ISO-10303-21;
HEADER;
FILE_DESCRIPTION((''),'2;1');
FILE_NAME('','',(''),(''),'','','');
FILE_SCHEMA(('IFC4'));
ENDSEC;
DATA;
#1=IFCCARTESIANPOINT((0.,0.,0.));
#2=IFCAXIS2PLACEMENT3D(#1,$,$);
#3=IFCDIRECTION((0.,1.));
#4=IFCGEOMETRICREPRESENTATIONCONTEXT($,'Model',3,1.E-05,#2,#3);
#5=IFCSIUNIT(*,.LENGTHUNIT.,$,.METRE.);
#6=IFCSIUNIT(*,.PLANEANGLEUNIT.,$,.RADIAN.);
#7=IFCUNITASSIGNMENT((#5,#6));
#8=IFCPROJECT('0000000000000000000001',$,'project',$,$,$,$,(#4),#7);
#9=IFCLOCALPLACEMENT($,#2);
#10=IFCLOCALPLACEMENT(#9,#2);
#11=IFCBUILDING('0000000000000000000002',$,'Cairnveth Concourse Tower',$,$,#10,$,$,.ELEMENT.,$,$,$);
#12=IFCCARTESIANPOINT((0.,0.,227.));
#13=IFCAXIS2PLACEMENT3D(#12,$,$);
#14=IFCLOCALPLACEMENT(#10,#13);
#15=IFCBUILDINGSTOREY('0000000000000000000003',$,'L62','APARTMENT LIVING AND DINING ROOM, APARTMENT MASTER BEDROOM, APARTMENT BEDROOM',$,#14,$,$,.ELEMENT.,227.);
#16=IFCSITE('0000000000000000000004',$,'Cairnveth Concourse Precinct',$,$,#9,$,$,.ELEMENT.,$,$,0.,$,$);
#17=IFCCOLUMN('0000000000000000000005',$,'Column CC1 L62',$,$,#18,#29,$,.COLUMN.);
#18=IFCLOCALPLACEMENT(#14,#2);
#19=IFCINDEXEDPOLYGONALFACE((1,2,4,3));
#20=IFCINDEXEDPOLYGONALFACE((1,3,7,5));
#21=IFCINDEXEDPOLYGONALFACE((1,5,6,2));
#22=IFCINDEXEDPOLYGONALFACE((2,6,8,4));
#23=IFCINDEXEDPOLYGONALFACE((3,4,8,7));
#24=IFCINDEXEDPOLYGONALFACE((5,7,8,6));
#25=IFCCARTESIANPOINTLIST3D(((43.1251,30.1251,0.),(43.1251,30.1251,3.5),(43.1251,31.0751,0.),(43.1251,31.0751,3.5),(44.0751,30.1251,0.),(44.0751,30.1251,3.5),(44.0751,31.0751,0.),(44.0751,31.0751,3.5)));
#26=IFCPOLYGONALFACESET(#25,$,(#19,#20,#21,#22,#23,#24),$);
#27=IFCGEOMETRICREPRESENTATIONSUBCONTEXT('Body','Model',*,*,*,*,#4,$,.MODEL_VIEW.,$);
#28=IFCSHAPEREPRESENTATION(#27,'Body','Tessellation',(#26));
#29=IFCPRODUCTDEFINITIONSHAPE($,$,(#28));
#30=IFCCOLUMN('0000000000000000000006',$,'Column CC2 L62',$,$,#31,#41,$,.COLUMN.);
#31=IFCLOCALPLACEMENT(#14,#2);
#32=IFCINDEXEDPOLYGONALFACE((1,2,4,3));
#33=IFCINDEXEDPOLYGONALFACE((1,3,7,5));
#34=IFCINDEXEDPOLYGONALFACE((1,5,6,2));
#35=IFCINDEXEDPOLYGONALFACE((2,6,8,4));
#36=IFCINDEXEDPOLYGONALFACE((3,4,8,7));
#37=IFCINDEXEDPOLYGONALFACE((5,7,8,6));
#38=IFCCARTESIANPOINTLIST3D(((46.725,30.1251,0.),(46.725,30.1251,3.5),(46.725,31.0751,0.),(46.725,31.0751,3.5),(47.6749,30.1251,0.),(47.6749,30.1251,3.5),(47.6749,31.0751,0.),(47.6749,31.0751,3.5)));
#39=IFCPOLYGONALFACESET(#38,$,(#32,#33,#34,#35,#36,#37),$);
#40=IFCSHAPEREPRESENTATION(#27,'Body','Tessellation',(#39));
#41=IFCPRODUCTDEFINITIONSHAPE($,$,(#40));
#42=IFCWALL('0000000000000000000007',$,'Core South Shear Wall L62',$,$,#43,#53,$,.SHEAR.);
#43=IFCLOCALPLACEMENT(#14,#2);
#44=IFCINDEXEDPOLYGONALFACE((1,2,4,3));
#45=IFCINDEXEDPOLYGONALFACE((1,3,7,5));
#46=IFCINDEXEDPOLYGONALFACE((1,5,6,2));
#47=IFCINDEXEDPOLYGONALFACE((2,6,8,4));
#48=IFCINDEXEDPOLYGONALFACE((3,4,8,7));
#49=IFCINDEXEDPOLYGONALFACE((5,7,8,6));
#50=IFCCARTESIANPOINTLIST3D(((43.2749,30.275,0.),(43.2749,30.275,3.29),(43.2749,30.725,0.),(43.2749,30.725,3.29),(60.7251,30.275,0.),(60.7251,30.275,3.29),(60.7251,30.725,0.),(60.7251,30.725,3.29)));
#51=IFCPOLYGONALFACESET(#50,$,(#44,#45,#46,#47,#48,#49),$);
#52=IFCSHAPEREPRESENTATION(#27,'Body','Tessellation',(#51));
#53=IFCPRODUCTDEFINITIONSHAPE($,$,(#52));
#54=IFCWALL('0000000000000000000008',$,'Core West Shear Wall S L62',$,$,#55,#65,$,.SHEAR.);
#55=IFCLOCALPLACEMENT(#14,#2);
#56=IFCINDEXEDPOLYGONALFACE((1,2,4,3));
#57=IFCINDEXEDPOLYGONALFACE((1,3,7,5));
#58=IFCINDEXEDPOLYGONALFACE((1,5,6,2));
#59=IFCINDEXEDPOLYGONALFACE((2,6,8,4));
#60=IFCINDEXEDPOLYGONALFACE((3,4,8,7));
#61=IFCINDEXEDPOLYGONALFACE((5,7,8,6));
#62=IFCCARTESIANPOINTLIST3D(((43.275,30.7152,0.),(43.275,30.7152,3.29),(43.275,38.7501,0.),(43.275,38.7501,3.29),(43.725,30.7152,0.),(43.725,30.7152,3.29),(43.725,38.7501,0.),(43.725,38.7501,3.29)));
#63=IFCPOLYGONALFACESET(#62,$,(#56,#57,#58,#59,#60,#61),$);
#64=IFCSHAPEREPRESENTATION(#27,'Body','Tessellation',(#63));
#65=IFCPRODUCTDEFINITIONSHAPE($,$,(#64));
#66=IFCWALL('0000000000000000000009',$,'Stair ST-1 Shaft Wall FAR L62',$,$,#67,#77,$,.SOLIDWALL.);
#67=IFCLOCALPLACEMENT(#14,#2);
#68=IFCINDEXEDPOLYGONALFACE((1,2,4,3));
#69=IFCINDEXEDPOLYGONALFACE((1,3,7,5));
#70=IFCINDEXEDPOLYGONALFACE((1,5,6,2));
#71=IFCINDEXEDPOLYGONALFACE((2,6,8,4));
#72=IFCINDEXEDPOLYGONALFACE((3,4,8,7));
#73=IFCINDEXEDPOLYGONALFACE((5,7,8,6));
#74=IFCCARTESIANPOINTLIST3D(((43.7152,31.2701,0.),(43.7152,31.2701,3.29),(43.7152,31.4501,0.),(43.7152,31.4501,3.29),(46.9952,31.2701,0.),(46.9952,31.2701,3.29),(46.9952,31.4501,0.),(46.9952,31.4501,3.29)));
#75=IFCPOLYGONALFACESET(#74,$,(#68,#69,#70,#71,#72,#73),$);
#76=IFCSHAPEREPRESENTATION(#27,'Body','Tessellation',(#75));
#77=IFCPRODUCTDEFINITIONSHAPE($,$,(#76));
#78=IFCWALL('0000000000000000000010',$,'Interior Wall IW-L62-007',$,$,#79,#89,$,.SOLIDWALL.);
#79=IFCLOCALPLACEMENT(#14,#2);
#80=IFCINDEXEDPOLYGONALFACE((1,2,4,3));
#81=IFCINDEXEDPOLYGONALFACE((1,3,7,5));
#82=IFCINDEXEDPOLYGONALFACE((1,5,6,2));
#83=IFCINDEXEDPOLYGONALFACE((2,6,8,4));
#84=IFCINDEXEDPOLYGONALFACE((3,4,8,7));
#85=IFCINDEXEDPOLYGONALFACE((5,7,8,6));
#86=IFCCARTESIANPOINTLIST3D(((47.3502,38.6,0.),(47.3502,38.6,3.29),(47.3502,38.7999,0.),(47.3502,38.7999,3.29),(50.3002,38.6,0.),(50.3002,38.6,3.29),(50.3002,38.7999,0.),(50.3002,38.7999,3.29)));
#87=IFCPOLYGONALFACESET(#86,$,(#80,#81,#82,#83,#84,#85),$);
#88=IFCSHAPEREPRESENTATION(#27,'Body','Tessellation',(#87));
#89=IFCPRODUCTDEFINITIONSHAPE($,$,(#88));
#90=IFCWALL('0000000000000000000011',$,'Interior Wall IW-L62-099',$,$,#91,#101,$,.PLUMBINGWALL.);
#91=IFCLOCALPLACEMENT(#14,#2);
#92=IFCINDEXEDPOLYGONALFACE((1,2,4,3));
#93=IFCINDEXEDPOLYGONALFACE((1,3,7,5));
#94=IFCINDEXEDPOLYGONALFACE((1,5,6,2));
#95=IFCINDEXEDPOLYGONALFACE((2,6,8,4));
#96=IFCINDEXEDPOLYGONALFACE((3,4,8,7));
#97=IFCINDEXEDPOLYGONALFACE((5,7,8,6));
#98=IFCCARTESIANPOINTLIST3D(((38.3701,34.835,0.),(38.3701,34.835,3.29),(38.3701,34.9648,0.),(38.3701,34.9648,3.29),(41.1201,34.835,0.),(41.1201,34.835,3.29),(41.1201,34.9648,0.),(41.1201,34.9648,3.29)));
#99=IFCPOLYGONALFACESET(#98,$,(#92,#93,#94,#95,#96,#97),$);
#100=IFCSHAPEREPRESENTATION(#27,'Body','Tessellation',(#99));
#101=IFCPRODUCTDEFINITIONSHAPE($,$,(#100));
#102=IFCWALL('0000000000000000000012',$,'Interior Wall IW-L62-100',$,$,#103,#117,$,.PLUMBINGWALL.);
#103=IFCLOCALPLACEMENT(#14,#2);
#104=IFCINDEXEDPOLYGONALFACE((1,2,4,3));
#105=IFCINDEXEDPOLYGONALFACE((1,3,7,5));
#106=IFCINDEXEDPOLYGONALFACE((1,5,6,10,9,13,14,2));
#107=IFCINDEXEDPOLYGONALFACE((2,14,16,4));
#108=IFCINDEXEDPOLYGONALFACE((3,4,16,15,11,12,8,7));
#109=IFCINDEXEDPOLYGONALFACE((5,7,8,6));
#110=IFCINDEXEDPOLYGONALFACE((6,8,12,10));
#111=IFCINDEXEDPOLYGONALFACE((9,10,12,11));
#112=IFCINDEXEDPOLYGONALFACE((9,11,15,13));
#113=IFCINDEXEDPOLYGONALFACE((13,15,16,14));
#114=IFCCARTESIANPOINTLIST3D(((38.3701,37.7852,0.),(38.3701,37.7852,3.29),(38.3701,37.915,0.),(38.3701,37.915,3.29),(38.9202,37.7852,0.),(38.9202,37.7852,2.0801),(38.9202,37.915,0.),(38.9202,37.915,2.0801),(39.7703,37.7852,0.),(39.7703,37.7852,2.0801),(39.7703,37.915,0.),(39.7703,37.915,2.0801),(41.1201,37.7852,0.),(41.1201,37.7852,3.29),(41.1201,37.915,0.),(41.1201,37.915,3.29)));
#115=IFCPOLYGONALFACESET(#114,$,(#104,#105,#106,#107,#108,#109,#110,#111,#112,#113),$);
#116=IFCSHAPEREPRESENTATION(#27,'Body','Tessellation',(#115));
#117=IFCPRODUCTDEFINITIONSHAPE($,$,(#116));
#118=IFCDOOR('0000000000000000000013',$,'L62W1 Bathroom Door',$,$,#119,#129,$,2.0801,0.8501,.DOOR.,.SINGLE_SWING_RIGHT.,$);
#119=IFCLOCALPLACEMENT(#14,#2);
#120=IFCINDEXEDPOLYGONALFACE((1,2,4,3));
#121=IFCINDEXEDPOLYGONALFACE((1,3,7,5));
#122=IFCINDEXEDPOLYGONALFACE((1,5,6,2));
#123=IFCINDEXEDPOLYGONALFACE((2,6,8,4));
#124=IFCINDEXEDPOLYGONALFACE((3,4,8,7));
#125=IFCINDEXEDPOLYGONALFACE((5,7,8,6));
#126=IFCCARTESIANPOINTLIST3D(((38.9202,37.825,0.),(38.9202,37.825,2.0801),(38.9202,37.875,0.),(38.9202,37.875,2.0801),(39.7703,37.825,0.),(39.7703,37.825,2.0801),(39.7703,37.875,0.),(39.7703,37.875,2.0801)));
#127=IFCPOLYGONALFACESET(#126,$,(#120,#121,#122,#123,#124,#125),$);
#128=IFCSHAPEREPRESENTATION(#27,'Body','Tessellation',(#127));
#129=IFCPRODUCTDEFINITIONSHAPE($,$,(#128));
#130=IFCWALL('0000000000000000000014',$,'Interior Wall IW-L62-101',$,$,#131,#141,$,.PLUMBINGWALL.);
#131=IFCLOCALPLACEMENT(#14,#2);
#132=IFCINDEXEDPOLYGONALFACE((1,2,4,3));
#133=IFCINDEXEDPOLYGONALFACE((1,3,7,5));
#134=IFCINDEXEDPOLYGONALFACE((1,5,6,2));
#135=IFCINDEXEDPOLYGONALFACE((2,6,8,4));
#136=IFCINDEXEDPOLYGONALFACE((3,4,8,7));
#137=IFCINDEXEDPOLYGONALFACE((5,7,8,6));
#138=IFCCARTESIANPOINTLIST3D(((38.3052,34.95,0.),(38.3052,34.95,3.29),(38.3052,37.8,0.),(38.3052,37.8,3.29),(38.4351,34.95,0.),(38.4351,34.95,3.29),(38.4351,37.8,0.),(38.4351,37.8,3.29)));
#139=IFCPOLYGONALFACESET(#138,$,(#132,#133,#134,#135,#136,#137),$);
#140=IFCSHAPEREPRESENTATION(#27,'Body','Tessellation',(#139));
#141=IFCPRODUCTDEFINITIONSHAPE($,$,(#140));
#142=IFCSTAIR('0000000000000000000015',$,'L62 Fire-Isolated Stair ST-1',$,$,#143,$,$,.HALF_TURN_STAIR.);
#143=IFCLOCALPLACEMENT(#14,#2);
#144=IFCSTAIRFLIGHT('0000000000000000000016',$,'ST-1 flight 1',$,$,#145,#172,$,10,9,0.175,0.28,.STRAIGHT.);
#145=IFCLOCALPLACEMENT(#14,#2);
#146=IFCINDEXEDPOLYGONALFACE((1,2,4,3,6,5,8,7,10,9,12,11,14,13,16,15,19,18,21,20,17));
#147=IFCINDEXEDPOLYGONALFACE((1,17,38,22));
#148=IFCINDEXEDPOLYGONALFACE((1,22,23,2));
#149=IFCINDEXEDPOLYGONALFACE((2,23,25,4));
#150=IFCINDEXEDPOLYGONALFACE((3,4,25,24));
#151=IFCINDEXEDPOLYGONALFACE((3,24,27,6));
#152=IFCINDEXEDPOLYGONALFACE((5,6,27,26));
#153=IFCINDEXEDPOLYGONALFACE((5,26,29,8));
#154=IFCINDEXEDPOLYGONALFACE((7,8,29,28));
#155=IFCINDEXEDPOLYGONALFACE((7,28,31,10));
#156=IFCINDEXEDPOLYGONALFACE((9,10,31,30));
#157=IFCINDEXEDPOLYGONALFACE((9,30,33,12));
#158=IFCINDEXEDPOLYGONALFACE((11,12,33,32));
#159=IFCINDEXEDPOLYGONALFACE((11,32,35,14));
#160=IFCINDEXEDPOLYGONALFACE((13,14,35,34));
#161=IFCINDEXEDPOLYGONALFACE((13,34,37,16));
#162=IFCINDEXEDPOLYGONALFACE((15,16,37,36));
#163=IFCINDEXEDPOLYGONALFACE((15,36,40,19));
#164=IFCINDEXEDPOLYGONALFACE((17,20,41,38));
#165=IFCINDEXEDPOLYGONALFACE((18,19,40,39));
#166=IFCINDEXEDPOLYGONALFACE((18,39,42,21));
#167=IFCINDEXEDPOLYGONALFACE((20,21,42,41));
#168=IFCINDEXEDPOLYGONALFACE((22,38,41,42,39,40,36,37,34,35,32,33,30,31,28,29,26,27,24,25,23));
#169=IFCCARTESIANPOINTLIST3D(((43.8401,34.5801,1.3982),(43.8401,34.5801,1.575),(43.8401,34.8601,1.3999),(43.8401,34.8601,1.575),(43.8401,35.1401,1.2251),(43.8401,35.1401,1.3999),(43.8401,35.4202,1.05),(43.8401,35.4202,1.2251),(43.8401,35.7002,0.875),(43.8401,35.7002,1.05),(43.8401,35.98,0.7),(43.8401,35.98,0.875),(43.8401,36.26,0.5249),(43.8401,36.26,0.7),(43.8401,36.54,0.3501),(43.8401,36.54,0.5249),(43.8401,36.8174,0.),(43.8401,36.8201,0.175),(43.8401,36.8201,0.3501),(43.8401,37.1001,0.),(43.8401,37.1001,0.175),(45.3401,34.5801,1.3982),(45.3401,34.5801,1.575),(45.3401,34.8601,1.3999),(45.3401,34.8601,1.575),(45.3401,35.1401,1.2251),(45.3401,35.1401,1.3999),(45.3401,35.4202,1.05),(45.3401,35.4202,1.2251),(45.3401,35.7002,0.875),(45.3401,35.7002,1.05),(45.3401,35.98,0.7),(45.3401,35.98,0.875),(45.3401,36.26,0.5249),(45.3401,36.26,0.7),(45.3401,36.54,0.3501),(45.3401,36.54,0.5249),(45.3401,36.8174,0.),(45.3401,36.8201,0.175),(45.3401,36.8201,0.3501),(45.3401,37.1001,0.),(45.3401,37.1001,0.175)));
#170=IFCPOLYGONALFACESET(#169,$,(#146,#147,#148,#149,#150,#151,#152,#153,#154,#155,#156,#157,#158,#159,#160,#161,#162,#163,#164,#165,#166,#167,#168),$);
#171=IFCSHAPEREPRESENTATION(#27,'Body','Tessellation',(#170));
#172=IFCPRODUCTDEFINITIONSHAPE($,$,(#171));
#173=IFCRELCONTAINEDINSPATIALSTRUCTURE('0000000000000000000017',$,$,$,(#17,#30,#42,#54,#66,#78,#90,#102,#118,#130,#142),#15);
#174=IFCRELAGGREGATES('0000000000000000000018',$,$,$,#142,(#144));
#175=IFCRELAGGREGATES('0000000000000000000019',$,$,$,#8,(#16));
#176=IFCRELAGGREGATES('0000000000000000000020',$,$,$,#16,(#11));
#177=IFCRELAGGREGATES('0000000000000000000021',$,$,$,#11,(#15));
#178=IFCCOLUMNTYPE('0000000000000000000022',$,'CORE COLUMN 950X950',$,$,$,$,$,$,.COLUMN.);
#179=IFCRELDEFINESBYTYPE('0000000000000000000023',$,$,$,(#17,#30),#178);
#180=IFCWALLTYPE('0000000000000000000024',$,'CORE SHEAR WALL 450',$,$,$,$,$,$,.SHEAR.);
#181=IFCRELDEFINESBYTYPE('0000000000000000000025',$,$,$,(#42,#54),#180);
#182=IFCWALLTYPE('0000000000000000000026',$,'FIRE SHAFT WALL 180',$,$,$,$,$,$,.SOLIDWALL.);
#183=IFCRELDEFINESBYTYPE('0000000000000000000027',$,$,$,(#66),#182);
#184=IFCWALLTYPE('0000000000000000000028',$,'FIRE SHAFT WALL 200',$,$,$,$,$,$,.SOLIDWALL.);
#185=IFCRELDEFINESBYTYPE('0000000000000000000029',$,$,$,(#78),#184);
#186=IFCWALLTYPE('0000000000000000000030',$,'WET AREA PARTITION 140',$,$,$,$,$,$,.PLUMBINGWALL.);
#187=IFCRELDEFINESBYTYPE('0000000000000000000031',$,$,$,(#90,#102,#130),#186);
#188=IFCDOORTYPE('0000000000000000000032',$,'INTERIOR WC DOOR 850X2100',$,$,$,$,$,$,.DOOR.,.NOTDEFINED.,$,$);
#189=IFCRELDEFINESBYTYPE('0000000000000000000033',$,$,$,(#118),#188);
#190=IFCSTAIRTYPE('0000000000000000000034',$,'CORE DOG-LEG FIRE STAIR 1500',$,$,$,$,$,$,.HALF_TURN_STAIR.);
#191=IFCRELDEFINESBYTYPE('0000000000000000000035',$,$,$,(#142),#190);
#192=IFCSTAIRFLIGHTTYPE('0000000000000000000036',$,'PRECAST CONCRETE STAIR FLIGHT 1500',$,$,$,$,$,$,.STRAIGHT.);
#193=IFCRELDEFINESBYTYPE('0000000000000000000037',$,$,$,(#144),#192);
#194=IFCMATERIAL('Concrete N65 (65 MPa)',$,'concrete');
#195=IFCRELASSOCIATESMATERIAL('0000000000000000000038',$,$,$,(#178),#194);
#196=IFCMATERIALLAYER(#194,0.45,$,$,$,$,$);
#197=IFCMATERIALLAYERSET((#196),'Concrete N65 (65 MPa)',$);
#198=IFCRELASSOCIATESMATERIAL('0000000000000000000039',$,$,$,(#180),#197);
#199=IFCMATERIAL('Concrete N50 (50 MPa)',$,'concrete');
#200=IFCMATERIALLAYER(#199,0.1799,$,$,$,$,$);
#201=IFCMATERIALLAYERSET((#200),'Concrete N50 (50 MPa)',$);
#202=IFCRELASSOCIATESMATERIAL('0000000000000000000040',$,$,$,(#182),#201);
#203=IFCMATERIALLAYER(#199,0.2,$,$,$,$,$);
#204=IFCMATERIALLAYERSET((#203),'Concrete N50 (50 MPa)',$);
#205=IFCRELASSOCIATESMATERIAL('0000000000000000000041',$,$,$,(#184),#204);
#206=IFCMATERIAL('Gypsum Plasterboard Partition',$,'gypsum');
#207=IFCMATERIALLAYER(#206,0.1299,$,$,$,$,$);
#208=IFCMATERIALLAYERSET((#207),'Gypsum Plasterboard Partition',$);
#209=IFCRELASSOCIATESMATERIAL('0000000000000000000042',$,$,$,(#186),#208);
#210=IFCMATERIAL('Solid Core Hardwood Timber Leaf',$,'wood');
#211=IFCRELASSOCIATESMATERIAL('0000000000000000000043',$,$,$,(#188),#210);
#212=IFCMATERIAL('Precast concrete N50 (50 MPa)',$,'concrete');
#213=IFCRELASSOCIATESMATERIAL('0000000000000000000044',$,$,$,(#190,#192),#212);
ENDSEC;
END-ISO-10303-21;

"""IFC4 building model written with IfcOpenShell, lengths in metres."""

from ifc_helpers import new_model, si_unit, direction, frame, frame_2d, origin, origin_2d, place, context, subcontext, project, spatial, polyline, rectangle, outline, extrude, material, layer, layer_set, material_profile, profile_set, type_object, element, fill, aggregate, save


model = new_model("IFC4")

# Units and contexts
model_context = context("Model", 3, precision=1e-05, world=origin(), true_north=direction((0.0, 1.0)))
body_context = subcontext(model_context, "Body", "Model", "MODEL_VIEW")
ifc_project = project(units=[si_unit("LENGTHUNIT", "METRE"), si_unit("PLANEANGLEUNIT", "RADIAN")], contexts=[model_context])

# Site, building, storey
site_placement = place(None, origin())
site = spatial("IfcSite", under=ifc_project, at=site_placement, Name="Cairnveth Concourse Precinct", CompositionType="ELEMENT", RefElevation=0.0)
building_placement = place(site_placement, origin())
building = spatial("IfcBuilding", under=site, at=building_placement, Name="Cairnveth Concourse Tower", CompositionType="ELEMENT")
storey_placement = place(building_placement, frame((0.0, 0.0, 227.0)))
storey = spatial("IfcBuildingStorey", under=building, at=storey_placement, Name="L62", Description="APARTMENT LIVING AND DINING ROOM, APARTMENT MASTER BEDROOM, APARTMENT BEDROOM", CompositionType="ELEMENT", Elevation=227.0)

# Columns
ifc_material_1 = material(Name="Concrete N65 (65 MPa)", Category="concrete")
ifc_material_profile = material_profile(ifc_material_1, rectangle(XDim=0.95, YDim=0.95, at=origin_2d()), Name="RC-COL-950x950")
ifc_profile_set = profile_set([ifc_material_profile], Name="Concrete N65 (65 MPa)")
column_type = type_object("IfcColumnType", Name="CORE COLUMN 950X950", PredefinedType="COLUMN", material=ifc_profile_set)
for number, where, z_axis, x_axis, name in (
    (1, (43.6001, 30.6001, 0.0), (0.0, 0.0, 1.0), (1.0, 0.0, 0.0), "Column CC1 L62"),
    (2, (47.2, 30.6001, 0.0), (0.0, 0.0, 1.0), (1.0, 0.0, 0.0), "Column CC2 L62"),
):
    element("IfcColumn", number, at=place(storey_placement, frame(where, z_axis=z_axis, x_axis=x_axis)), inside=storey, type_object=column_type, Name=name, PredefinedType="COLUMN", context=body_context, shape_type="SweptSolid", body=[
        extrude(rectangle(XDim=0.95, YDim=0.95, at=origin_2d()), origin(), (0.0, 0.0, 1.0), 3.5),
    ])

# Walls
ifc_layer_1 = layer(ifc_material_1, 0.45)
ifc_layer_set_1 = layer_set([ifc_layer_1], Name="Concrete N65 (65 MPa)")
wall_type_1 = type_object("IfcWallType", Name="CORE SHEAR WALL 450", PredefinedType="SHEAR", material=ifc_layer_set_1)
wall_1_placement = place(storey_placement, frame((43.2749, 30.5, 0.0), z_axis=(0.0, 0.0, 1.0), x_axis=(1.0, 0.0, 0.0)))
element("IfcWall", 3, at=wall_1_placement, inside=storey, type_object=wall_type_1, Name="Core South Shear Wall L62", PredefinedType="SHEAR", context=body_context, shape_type="SweptSolid", body=[
    extrude(rectangle(XDim=17.4502, YDim=0.45, at=frame_2d((8.7251, 0.0))), origin(), (0.0, 0.0, 1.0), 3.29),
])
wall_2_placement = place(storey_placement, frame((43.5, 30.7151, 0.0), z_axis=(0.0, 0.0, 1.0), x_axis=(0.0, 1.0, 0.0)))
element("IfcWall", 4, at=wall_2_placement, inside=storey, type_object=wall_type_1, Name="Core West Shear Wall S L62", PredefinedType="SHEAR", context=body_context, shape_type="SweptSolid", body=[
    extrude(rectangle(XDim=8.0349, YDim=0.45, at=frame_2d((4.0176, 0.0))), origin(), (0.0, 0.0, 1.0), 3.29),
])

# Shared definitions
ifc_material_2 = material(Name="Concrete N50 (50 MPa)", Category="concrete")
ifc_layer_2 = layer(ifc_material_2, 0.1799)
ifc_layer_set_2 = layer_set([ifc_layer_2], Name="Concrete N50 (50 MPa)")
wall_type_2 = type_object("IfcWallType", Name="FIRE SHAFT WALL 180", PredefinedType="SOLIDWALL", material=ifc_layer_set_2)

# Walls
wall_3_placement = place(storey_placement, frame((43.7151, 31.3601, 0.0), z_axis=(0.0, 0.0, 1.0), x_axis=(1.0, 0.0, 0.0)))
element("IfcWall", 5, at=wall_3_placement, inside=storey, type_object=wall_type_2, Name="Stair ST-1 Shaft Wall FAR L62", PredefinedType="SOLIDWALL", context=body_context, shape_type="SweptSolid", body=[
    extrude(rectangle(XDim=3.28, YDim=0.1799, at=frame_2d((1.6401, 0.0))), origin(), (0.0, 0.0, 1.0), 3.29),
])
ifc_layer_3 = layer(ifc_material_2, 0.2)
ifc_layer_set_3 = layer_set([ifc_layer_3], Name="Concrete N50 (50 MPa)")
wall_type_3 = type_object("IfcWallType", Name="FIRE SHAFT WALL 200", PredefinedType="SOLIDWALL", material=ifc_layer_set_3)
wall_4_placement = place(storey_placement, frame((47.3501, 38.7, 0.0), z_axis=(0.0, 0.0, 1.0), x_axis=(1.0, 0.0, 0.0)))
element("IfcWall", 6, at=wall_4_placement, inside=storey, type_object=wall_type_3, Name="Interior Wall IW-L62-007", PredefinedType="SOLIDWALL", context=body_context, shape_type="SweptSolid", body=[
    extrude(rectangle(XDim=2.95, YDim=0.2, at=frame_2d((1.4751, 0.0))), origin(), (0.0, 0.0, 1.0), 3.29),
])
ifc_material_3 = material(Name="Gypsum Plasterboard Partition", Category="gypsum")
ifc_layer_4 = layer(ifc_material_3, 0.1299)
ifc_layer_set_4 = layer_set([ifc_layer_4], Name="Gypsum Plasterboard Partition")
wall_type_4 = type_object("IfcWallType", Name="WET AREA PARTITION 140", PredefinedType="PLUMBINGWALL", material=ifc_layer_set_4)
wall_5_placement = place(storey_placement, frame((38.3701, 34.8999, 0.0), z_axis=(0.0, 0.0, 1.0), x_axis=(1.0, 0.0, 0.0)))
element("IfcWall", 7, at=wall_5_placement, inside=storey, type_object=wall_type_4, Name="Interior Wall IW-L62-099", PredefinedType="PLUMBINGWALL", context=body_context, shape_type="SweptSolid", body=[
    extrude(rectangle(XDim=2.75, YDim=0.1299, at=frame_2d((1.375, 0.0))), origin(), (0.0, 0.0, 1.0), 3.29),
])

# Wall, opening, door
wall_6_placement = place(storey_placement, frame((38.3701, 37.8501, 0.0), z_axis=(0.0, 0.0, 1.0), x_axis=(1.0, 0.0, 0.0)))
wall_6 = element("IfcWall", 8, at=wall_6_placement, inside=storey, type_object=wall_type_4, Name="Interior Wall IW-L62-100", PredefinedType="PLUMBINGWALL", context=body_context, shape_type="SweptSolid", body=[
    extrude(rectangle(XDim=2.75, YDim=0.1299, at=frame_2d((1.375, 0.0))), origin(), (0.0, 0.0, 1.0), 3.29),
])
opening_1_placement = place(wall_6_placement, frame((0.55, 0.0, 0.0)))
opening_1 = element("IfcOpeningElement", 9, at=opening_1_placement, cuts=wall_6, PredefinedType="OPENING", context=body_context, shape_type="SweptSolid", body=[
    extrude(rectangle(XDim=0.8501, YDim=2.0801, at=frame_2d((0.425, 1.04))), frame((0.0, 0.075, 0.0), z_axis=(0.0, -1.0, 0.0), x_axis=(1.0, 0.0, 0.0)), (0.0, 0.0, 1.0), 0.1499),
])
ifc_material_4 = material(Name="Solid Core Hardwood Timber Leaf", Category="wood")
door_type_1 = type_object("IfcDoorType", Name="INTERIOR WC DOOR 850X2100", OperationType="NOTDEFINED", PredefinedType="DOOR", material=ifc_material_4)
door_1_placement = place(opening_1_placement, origin())
door_1 = element("IfcDoor", 10, at=door_1_placement, inside=storey, type_object=door_type_1, Name="L62W1 Bathroom Door", OperationType="SINGLE_SWING_RIGHT", OverallHeight=2.0801, OverallWidth=0.8501, PredefinedType="DOOR", context=body_context, shape_type="SweptSolid", body=[
    extrude(rectangle(XDim=0.8501, YDim=2.0801, at=frame_2d((0.425, 1.04))), frame((0.0, 0.0249, 0.0), z_axis=(0.0, -1.0, 0.0), x_axis=(1.0, 0.0, 0.0)), (0.0, 0.0, 1.0), 0.05),
])
fill(opening_1, door_1)

# Wall
wall_7_placement = place(storey_placement, frame((38.3701, 34.95, 0.0), z_axis=(0.0, 0.0, 1.0), x_axis=(0.0, 1.0, 0.0)))
element("IfcWall", 11, at=wall_7_placement, inside=storey, type_object=wall_type_4, Name="Interior Wall IW-L62-101", PredefinedType="PLUMBINGWALL", context=body_context, shape_type="SweptSolid", body=[
    extrude(rectangle(XDim=2.8501, YDim=0.1299, at=frame_2d((1.425, 0.0))), origin(), (0.0, 0.0, 1.0), 3.29),
])

# Stair, stair flight
ifc_material_5 = material(Name="Precast concrete N50 (50 MPa)", Category="concrete")
stair_type = type_object("IfcStairType", Name="CORE DOG-LEG FIRE STAIR 1500", PredefinedType="HALF_TURN_STAIR", material=ifc_material_5)
stair_placement = place(storey_placement, origin())
stair = element("IfcStair", 12, at=stair_placement, inside=storey, type_object=stair_type, Name="L62 Fire-Isolated Stair ST-1", PredefinedType="HALF_TURN_STAIR")
stair_flight_type = type_object("IfcStairFlightType", Name="PRECAST CONCRETE STAIR FLIGHT 1500", PredefinedType="STRAIGHT", material=ifc_material_5)
stair_flight_1_placement = place(storey_placement, frame((44.5901, 37.1001, 0.0), z_axis=(0.0, 0.0, 1.0), x_axis=(0.0, -1.0, 0.0)))
stair_flight_1 = element("IfcStairFlight", 13, at=stair_flight_1_placement, type_object=stair_flight_type, Name="ST-1 flight 1", NumberOfRisers=10, NumberOfTreads=9, PredefinedType="STRAIGHT", RiserHeight=0.175, TreadLength=0.28, context=body_context, shape_type="SweptSolid", body=[
    extrude(outline(polyline([(0.0, 0.0), (0.0, 0.175), (0.28, 0.175), (0.28, 0.3501), (0.5601, 0.3501), (0.5601, 0.5249), (0.8401, 0.5249), (0.8401, 0.7), (1.1201, 0.7), (1.1201, 0.875), (1.3999, 0.875), (1.3999, 1.05), (1.6799, 1.05), (1.6799, 1.2251), (1.96, 1.2251), (1.96, 1.3999), (2.24, 1.3999), (2.24, 1.575), (2.52, 1.575), (2.52, 1.75), (2.52, 1.3982), (0.2827, 0.0), (0.0, 0.0)])), frame((0.0, 0.75, 0.0), z_axis=(0.0, -1.0, 0.0), x_axis=(1.0, 0.0, 0.0)), (0.0, 0.0, 1.0), 1.5),
])
aggregate(stair, [stair_flight_1])

save(model, "model.ifc")
